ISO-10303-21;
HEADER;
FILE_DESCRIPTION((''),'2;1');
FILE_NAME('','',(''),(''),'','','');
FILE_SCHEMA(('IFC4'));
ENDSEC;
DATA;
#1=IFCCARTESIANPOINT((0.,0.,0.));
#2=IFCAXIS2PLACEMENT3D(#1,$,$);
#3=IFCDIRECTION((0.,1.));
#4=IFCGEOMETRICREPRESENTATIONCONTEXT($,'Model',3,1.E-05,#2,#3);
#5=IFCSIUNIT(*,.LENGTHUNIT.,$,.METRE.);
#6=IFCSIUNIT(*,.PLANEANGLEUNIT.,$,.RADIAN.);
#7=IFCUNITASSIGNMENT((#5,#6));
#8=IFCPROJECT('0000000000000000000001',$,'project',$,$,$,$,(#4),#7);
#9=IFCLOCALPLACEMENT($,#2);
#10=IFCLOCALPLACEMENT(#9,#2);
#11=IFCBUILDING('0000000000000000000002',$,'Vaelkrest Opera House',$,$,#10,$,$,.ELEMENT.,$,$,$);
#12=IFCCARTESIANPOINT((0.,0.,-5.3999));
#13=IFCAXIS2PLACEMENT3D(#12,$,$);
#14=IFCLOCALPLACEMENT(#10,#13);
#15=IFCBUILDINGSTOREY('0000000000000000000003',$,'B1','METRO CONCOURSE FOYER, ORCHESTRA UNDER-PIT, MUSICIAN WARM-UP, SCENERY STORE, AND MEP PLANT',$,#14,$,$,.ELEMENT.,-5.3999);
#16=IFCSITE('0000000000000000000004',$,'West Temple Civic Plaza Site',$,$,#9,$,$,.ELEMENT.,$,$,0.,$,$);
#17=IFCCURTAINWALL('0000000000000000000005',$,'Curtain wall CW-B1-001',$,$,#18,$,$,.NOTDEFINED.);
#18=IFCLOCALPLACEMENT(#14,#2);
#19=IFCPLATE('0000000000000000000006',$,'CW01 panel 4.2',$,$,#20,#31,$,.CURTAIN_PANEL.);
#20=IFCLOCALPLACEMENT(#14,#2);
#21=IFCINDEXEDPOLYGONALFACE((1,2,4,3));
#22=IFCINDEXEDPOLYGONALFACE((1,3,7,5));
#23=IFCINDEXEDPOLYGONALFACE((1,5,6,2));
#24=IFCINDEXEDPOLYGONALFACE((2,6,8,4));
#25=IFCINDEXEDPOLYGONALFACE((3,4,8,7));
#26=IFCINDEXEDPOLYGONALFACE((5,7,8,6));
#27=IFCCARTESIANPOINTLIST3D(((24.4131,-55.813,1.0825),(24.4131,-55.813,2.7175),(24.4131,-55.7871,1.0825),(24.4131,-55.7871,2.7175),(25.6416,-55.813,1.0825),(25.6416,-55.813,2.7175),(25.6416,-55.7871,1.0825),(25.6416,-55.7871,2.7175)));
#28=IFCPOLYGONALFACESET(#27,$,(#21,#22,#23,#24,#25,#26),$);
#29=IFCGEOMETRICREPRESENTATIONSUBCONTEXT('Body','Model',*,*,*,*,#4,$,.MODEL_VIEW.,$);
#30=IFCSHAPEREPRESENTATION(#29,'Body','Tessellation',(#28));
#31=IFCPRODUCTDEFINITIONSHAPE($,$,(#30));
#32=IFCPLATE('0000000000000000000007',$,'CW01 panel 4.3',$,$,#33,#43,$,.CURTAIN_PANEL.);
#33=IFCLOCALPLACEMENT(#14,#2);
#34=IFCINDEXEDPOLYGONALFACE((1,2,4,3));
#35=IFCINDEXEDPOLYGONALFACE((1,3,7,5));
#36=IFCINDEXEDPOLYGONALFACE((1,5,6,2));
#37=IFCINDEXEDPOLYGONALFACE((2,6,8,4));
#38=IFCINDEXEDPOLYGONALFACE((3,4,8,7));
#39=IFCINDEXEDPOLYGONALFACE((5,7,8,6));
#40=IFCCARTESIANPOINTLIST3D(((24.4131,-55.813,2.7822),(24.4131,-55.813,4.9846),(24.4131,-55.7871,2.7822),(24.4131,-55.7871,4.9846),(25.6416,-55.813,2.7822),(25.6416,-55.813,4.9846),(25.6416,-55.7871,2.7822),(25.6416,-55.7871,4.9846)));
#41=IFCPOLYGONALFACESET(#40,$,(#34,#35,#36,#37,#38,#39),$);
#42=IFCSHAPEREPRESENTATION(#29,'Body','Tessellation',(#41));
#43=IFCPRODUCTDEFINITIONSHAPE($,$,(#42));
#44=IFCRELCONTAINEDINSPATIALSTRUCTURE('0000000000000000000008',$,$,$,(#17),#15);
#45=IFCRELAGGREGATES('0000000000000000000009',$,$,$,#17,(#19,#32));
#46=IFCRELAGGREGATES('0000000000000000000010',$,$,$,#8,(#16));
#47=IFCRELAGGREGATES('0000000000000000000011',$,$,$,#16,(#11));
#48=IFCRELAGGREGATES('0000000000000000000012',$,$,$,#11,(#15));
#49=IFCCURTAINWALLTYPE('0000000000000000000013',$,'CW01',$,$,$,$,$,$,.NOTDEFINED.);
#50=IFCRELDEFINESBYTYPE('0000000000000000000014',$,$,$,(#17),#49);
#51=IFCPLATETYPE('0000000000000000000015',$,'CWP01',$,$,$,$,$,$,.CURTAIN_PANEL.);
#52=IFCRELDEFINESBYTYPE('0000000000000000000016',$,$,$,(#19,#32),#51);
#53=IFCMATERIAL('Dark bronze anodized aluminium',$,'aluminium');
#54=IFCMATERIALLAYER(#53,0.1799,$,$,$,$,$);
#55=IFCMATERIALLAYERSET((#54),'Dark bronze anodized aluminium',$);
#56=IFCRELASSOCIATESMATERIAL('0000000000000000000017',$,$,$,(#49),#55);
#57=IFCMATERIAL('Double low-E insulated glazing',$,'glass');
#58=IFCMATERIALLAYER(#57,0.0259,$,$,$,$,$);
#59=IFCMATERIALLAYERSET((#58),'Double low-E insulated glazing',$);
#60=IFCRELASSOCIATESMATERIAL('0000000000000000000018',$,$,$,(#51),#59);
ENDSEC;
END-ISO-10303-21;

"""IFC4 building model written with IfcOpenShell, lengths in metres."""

from ifc_helpers import new_model, si_unit, direction, frame, origin, origin_2d, place, context, subcontext, project, spatial, rectangle, extrude, material, layer, layer_set, type_object, element, aggregate, save


model = new_model("IFC4")

# Units and contexts
model_context = context("Model", 3, precision=1e-05, world=origin(), true_north=direction((0.0, 1.0)))
body_context = subcontext(model_context, "Body", "Model", "MODEL_VIEW")
ifc_project = project(units=[si_unit("LENGTHUNIT", "METRE"), si_unit("PLANEANGLEUNIT", "RADIAN")], contexts=[model_context])

# Site, building, storey
site_placement = place(None, origin())
site = spatial("IfcSite", under=ifc_project, at=site_placement, Name="West Temple Civic Plaza Site", CompositionType="ELEMENT", RefElevation=0.0)
building_placement = place(site_placement, origin())
building = spatial("IfcBuilding", under=site, at=building_placement, Name="Vaelkrest Opera House", CompositionType="ELEMENT")
storey_placement = place(building_placement, frame((0.0, 0.0, -5.3999)))
storey = spatial("IfcBuildingStorey", under=building, at=storey_placement, Name="B1", Description="METRO CONCOURSE FOYER, ORCHESTRA UNDER-PIT, MUSICIAN WARM-UP, SCENERY STORE, AND MEP PLANT", CompositionType="ELEMENT", Elevation=-5.3999)

# Curtain wall, plates
ifc_material_1 = material(Name="Dark bronze anodized aluminium", Category="aluminium")
ifc_layer_1 = layer(ifc_material_1, 0.1799)
ifc_layer_set_1 = layer_set([ifc_layer_1], Name="Dark bronze anodized aluminium")
curtain_wall_type = type_object("IfcCurtainWallType", Name="CW01", PredefinedType="NOTDEFINED", material=ifc_layer_set_1)
curtain_wall_placement = place(storey_placement, origin())
curtain_wall = element("IfcCurtainWall", 1, at=curtain_wall_placement, inside=storey, type_object=curtain_wall_type, Name="Curtain wall CW-B1-001", PredefinedType="NOTDEFINED")
ifc_material_2 = material(Name="Double low-E insulated glazing", Category="glass")
ifc_layer_2 = layer(ifc_material_2, 0.0259)
ifc_layer_set_2 = layer_set([ifc_layer_2], Name="Double low-E insulated glazing")
plate_type = type_object("IfcPlateType", Name="CWP01", PredefinedType="CURTAIN_PANEL", material=ifc_layer_set_2)
plate_1_placement = place(storey_placement, frame((25.0273, -55.8, 1.0825), z_axis=(0.0, 0.0, 1.0), x_axis=(-1.0, 0.0, 0.0)))
plate_1 = element("IfcPlate", 2, at=plate_1_placement, type_object=plate_type, Name="CW01 panel 4.2", PredefinedType="CURTAIN_PANEL", context=body_context, shape_type="SweptSolid", body=[
    extrude(rectangle(XDim=1.2285, YDim=0.0259, at=origin_2d()), origin(), (0.0, 0.0, 1.0), 1.635),
])
plate_2_placement = place(storey_placement, frame((25.0273, -55.8, 2.7822), z_axis=(0.0, 0.0, 1.0), x_axis=(-1.0, 0.0, 0.0)))
plate_2 = element("IfcPlate", 3, at=plate_2_placement, type_object=plate_type, Name="CW01 panel 4.3", PredefinedType="CURTAIN_PANEL", context=body_context, shape_type="SweptSolid", body=[
    extrude(rectangle(XDim=1.2285, YDim=0.0259, at=origin_2d()), origin(), (0.0, 0.0, 1.0), 2.2024),
])
aggregate(curtain_wall, [plate_1, plate_2])

save(model, "model.ifc")
